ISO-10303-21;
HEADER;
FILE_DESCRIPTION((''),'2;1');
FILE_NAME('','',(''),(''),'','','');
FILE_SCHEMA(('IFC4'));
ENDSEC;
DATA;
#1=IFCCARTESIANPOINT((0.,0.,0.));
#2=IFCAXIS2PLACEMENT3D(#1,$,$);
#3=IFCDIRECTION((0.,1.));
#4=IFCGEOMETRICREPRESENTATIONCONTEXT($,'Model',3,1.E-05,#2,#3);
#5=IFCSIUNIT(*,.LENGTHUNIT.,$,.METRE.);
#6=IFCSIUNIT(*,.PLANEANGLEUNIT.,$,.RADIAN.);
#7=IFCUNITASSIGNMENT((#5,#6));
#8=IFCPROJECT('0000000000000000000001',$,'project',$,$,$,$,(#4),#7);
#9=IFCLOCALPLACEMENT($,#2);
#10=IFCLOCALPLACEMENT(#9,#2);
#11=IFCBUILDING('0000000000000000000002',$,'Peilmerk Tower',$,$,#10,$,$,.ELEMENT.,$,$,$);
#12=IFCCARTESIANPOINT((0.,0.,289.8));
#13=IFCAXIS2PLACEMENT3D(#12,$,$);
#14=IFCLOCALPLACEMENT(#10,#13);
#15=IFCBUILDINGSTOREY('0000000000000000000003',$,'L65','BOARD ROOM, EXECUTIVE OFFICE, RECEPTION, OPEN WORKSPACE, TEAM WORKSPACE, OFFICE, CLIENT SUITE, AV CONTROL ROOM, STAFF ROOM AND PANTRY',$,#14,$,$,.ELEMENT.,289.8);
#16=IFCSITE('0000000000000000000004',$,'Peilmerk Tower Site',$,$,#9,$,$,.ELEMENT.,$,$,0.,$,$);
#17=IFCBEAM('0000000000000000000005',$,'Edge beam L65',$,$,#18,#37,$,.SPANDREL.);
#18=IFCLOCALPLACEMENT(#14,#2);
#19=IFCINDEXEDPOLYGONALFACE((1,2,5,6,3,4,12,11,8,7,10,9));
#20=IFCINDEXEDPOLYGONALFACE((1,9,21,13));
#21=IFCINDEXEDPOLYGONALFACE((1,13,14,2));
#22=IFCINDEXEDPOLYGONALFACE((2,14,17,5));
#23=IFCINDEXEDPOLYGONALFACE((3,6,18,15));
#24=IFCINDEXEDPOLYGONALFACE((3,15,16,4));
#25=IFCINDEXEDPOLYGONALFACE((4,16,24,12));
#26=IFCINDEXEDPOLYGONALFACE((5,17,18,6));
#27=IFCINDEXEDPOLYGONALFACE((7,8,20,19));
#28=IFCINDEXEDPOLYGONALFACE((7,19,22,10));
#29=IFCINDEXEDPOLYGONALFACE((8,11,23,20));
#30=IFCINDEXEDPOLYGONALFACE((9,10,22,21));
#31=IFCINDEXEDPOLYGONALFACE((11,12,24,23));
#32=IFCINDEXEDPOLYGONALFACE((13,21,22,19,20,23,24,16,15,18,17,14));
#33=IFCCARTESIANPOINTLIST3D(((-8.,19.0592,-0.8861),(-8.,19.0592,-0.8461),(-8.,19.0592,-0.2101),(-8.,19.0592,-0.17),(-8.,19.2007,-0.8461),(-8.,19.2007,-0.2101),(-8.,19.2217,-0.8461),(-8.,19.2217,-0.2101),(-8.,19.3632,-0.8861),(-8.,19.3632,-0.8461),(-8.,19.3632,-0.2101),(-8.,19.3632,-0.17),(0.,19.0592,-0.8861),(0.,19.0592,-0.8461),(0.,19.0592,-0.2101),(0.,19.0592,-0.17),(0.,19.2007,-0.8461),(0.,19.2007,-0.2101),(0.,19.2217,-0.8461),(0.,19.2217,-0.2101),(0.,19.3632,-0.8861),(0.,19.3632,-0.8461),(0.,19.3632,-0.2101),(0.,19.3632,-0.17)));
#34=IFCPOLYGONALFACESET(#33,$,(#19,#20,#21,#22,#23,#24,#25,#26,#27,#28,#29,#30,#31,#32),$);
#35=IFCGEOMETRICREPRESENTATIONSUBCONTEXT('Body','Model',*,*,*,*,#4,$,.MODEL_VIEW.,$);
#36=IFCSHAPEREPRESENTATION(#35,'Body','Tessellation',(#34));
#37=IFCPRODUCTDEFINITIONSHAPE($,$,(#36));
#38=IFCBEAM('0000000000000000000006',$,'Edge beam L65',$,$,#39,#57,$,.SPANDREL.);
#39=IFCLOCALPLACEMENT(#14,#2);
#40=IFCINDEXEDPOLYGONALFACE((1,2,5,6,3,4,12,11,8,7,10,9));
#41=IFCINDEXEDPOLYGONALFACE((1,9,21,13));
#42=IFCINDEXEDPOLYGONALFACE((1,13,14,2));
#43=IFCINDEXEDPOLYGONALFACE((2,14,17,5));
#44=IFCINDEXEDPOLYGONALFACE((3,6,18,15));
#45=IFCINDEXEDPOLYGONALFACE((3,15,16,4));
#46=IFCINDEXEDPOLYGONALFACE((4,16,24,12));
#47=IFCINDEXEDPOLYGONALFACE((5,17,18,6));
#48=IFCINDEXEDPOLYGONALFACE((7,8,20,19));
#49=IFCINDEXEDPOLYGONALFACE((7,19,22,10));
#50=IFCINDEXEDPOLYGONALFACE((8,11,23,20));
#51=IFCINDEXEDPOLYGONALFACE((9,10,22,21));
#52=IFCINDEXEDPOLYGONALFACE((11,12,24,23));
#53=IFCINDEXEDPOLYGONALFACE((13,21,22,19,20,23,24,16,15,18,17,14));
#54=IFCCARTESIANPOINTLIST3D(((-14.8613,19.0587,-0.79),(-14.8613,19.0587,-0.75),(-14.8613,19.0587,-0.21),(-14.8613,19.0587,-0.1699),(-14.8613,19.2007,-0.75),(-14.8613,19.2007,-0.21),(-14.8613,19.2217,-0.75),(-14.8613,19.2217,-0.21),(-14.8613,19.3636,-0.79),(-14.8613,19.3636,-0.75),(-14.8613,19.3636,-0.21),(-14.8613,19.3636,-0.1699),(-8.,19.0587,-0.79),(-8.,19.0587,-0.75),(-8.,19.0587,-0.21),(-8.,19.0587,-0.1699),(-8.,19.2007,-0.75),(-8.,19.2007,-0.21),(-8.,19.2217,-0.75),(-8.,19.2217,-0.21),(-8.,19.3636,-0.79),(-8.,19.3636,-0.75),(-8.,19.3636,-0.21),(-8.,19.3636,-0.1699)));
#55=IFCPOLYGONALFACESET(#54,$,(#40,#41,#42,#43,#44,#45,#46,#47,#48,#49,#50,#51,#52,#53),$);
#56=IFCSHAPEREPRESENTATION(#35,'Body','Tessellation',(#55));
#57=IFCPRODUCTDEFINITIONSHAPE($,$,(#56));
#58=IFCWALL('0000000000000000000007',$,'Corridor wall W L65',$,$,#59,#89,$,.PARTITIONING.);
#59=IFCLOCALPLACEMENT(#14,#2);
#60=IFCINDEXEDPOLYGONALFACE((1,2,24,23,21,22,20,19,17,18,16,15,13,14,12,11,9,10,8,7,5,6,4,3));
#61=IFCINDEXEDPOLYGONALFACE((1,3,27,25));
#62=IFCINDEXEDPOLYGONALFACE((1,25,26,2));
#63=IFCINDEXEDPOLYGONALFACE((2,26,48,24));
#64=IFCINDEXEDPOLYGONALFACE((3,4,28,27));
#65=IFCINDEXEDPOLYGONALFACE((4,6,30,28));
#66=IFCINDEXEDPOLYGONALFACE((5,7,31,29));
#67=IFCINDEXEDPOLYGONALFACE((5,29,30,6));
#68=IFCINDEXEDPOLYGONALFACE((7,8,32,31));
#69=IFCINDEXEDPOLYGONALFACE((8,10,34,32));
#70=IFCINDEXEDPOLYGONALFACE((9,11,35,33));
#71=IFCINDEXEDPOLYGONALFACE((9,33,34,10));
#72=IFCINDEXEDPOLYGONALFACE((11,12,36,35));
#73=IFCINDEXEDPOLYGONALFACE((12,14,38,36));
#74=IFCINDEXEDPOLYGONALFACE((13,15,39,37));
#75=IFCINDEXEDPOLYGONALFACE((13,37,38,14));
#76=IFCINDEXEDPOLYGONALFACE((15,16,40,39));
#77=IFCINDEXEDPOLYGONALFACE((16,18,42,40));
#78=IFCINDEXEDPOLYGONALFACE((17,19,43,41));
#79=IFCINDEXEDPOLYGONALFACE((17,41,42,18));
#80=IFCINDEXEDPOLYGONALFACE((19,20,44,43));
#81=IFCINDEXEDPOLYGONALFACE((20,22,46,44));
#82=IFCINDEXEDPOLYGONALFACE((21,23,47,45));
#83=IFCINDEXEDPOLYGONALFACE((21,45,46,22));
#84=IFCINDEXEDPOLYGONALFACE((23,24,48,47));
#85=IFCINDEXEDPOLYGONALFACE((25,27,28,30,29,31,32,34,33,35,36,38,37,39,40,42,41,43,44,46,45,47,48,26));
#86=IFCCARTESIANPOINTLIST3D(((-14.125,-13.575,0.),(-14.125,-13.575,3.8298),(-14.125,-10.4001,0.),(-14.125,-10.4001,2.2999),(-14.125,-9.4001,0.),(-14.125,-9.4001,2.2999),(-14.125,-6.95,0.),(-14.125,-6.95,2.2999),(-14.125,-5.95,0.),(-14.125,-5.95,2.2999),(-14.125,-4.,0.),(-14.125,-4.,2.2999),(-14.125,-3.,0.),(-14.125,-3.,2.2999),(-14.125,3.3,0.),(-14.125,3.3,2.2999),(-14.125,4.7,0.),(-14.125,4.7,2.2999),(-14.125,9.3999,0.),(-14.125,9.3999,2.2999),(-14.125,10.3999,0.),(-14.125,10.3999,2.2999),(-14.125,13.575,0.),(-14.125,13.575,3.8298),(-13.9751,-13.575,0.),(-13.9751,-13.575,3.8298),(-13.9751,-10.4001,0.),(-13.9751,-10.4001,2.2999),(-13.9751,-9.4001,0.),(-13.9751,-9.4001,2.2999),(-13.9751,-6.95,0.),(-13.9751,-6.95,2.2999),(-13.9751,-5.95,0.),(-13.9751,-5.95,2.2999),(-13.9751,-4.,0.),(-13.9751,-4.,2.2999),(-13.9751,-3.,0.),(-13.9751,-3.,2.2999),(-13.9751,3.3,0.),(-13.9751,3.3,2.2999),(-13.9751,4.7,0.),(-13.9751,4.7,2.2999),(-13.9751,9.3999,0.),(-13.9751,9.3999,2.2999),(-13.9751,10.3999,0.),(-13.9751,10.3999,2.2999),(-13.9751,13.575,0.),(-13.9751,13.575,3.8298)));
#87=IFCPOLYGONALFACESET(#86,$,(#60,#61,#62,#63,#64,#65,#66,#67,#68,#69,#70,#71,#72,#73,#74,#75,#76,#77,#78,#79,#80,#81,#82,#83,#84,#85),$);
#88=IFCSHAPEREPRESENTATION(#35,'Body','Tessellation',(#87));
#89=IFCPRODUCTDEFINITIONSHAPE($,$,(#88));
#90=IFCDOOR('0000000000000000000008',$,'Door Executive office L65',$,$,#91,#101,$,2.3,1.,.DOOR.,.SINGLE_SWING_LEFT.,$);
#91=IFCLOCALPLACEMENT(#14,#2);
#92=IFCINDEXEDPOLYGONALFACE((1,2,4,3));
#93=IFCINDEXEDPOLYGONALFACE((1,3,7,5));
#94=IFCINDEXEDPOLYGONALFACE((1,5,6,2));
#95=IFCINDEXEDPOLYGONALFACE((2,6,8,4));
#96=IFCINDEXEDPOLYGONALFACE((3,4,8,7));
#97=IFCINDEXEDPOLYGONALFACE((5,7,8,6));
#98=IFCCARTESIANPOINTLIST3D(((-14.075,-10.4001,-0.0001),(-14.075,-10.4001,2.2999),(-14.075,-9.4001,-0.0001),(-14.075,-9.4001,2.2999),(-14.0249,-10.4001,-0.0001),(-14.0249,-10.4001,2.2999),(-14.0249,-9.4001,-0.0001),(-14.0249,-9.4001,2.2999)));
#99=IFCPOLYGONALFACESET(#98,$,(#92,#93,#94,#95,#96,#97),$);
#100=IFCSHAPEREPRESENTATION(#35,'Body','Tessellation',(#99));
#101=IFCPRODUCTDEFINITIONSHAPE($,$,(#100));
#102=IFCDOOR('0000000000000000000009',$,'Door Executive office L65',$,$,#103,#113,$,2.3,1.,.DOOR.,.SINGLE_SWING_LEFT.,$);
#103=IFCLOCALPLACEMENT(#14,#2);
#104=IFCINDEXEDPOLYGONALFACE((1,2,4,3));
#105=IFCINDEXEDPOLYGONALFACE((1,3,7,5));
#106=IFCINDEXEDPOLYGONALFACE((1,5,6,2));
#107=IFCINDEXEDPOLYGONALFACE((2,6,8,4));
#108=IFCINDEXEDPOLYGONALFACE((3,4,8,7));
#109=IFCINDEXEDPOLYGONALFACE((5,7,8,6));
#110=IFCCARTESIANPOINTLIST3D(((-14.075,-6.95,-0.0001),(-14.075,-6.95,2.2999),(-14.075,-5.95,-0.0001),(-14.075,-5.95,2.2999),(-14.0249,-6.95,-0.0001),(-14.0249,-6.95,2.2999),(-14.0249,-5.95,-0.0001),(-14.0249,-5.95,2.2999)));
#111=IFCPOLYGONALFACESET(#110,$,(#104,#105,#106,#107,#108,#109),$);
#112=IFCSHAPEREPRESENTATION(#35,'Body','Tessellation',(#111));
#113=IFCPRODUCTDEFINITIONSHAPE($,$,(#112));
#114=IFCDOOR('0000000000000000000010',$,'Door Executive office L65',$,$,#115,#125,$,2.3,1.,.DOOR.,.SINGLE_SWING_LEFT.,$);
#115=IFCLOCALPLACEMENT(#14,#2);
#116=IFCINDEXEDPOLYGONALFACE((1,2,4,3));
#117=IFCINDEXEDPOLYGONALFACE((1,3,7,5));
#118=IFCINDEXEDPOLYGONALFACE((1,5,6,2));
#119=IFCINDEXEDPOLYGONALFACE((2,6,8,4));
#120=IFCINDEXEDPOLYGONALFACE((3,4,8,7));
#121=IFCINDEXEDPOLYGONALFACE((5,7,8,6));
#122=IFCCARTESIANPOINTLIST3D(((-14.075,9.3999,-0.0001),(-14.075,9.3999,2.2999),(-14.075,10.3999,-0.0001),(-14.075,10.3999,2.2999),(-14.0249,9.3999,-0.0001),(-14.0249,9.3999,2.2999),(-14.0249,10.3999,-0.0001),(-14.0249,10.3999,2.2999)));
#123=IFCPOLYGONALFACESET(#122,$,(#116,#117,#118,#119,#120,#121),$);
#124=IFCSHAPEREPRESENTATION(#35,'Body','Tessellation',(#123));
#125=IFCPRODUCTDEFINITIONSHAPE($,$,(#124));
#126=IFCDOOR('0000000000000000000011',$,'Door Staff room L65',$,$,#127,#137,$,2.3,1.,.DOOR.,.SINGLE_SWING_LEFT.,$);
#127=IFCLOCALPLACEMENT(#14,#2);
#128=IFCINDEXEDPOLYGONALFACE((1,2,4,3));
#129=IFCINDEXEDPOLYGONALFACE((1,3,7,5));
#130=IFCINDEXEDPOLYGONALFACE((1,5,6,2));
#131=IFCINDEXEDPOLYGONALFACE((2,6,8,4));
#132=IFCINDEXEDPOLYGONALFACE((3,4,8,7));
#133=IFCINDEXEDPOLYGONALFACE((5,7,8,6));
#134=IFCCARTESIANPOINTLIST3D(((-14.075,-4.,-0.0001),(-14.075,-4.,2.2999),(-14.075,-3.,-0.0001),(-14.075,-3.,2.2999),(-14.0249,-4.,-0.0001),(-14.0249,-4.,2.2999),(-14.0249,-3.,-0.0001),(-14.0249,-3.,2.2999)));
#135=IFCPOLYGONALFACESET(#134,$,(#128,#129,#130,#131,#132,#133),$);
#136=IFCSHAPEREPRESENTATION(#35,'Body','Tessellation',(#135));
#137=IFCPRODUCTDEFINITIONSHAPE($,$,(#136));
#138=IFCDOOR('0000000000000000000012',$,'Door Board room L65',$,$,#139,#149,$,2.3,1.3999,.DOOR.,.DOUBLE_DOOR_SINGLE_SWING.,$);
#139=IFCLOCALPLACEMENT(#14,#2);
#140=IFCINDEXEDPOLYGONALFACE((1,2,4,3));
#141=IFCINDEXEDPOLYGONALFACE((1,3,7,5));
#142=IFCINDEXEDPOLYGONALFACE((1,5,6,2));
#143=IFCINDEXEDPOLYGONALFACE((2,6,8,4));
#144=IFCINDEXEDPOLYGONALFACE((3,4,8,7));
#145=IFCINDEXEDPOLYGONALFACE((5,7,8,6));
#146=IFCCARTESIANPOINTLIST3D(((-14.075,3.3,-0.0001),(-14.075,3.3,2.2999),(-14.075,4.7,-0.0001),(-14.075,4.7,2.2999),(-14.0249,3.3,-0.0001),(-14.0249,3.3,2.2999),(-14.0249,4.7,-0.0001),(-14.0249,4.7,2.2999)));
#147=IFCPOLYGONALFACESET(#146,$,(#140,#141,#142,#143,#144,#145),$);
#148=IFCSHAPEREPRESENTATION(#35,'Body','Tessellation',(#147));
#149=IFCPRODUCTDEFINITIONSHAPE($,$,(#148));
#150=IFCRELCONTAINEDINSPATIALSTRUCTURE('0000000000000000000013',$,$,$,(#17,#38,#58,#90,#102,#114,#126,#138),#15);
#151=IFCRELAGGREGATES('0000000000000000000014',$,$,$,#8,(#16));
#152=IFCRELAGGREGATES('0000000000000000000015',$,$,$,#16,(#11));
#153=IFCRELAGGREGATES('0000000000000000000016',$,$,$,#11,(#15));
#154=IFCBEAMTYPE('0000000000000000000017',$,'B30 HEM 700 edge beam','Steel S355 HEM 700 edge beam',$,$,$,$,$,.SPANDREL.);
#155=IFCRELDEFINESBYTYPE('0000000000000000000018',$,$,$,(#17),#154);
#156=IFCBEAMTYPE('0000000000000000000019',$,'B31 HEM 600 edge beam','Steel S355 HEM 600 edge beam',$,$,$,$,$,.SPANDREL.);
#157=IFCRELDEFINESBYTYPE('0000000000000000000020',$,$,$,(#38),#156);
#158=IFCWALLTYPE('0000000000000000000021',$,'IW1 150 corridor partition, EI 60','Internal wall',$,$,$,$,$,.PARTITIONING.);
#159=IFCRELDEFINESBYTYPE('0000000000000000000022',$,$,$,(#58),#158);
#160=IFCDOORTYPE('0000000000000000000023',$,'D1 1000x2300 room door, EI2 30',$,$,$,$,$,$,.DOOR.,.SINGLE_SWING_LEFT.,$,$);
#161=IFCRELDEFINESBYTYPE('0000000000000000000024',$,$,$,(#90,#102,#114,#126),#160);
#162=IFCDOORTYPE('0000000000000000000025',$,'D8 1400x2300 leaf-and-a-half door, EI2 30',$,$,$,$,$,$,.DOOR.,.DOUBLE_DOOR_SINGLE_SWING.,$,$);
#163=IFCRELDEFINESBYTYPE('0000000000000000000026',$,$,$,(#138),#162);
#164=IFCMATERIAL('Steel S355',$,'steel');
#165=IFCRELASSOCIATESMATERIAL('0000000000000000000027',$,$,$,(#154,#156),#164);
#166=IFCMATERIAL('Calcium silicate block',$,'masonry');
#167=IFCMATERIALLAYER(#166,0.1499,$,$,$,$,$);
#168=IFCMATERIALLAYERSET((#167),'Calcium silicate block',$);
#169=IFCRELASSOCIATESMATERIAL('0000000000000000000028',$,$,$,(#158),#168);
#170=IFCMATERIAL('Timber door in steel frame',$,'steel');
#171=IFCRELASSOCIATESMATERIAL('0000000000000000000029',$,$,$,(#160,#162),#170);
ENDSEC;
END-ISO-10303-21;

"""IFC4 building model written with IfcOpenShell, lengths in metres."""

from ifc_helpers import new_model, si_unit, direction, frame, frame_2d, origin, origin_2d, place, context, subcontext, project, spatial, rectangle, i_section, extrude, material, layer, layer_set, material_profile, profile_set, type_object, element, fill, save


model = new_model("IFC4")

# Units and contexts
model_context = context("Model", 3, precision=1e-05, world=origin(), true_north=direction((0.0, 1.0)))
body_context = subcontext(model_context, "Body", "Model", "MODEL_VIEW")
ifc_project = project(units=[si_unit("LENGTHUNIT", "METRE"), si_unit("PLANEANGLEUNIT", "RADIAN")], contexts=[model_context])

# Site, building, storey
site_placement = place(None, origin())
site = spatial("IfcSite", under=ifc_project, at=site_placement, Name="Peilmerk Tower Site", CompositionType="ELEMENT", RefElevation=0.0)
building_placement = place(site_placement, origin())
building = spatial("IfcBuilding", under=site, at=building_placement, Name="Peilmerk Tower", CompositionType="ELEMENT")
storey_placement = place(building_placement, frame((0.0, 0.0, 289.8)))
storey = spatial("IfcBuildingStorey", under=building, at=storey_placement, Name="L65", Description="BOARD ROOM, EXECUTIVE OFFICE, RECEPTION, OPEN WORKSPACE, TEAM WORKSPACE, OFFICE, CLIENT SUITE, AV CONTROL ROOM, STAFF ROOM AND PANTRY", CompositionType="ELEMENT", Elevation=289.8)

# Beams
ifc_material_1 = material(Name="Steel S355", Category="steel")
ifc_material_profile_1 = material_profile(ifc_material_1, i_section(OverallWidth=0.304, OverallDepth=0.7161, WebThickness=0.021, FlangeThickness=0.04, at=origin_2d()), Name="HEM 700")
ifc_profile_set_1 = profile_set([ifc_material_profile_1], Name="Steel S355")
beam_type_1 = type_object("IfcBeamType", Name="B30 HEM 700 edge beam", Description="Steel S355 HEM 700 edge beam", PredefinedType="SPANDREL", material=ifc_profile_set_1)
beam_1_placement = place(storey_placement, frame((0.0, 19.2112, -0.5281), z_axis=(-1.0, 0.0, 0.0), x_axis=(0.0, -1.0, 0.0)))
element("IfcBeam", 1, at=beam_1_placement, inside=storey, type_object=beam_type_1, Name="Edge beam L65", PredefinedType="SPANDREL", context=body_context, shape_type="SweptSolid", body=[
    extrude(i_section(OverallWidth=0.304, OverallDepth=0.7161, WebThickness=0.021, FlangeThickness=0.04, at=origin_2d()), origin(), (0.0, 0.0, 1.0), 8.0),
])
ifc_material_profile_2 = material_profile(ifc_material_1, i_section(OverallWidth=0.3049, OverallDepth=0.6201, WebThickness=0.021, FlangeThickness=0.04, at=origin_2d()), Name="HEM 600")
ifc_profile_set_2 = profile_set([ifc_material_profile_2], Name="Steel S355")
beam_type_2 = type_object("IfcBeamType", Name="B31 HEM 600 edge beam", Description="Steel S355 HEM 600 edge beam", PredefinedType="SPANDREL", material=ifc_profile_set_2)
beam_2_placement = place(storey_placement, frame((-8.0, 19.2112, -0.48), z_axis=(-1.0, 0.0, 0.0), x_axis=(0.0, -1.0, 0.0)))
element("IfcBeam", 2, at=beam_2_placement, inside=storey, type_object=beam_type_2, Name="Edge beam L65", PredefinedType="SPANDREL", context=body_context, shape_type="SweptSolid", body=[
    extrude(i_section(OverallWidth=0.3049, OverallDepth=0.6201, WebThickness=0.021, FlangeThickness=0.04, at=origin_2d()), origin(), (0.0, 0.0, 1.0), 6.8613),
])

# Wall, openings, doors
ifc_material_2 = material(Name="Calcium silicate block", Category="masonry")
ifc_layer_1 = layer(ifc_material_2, 0.1499)
ifc_layer_set_1 = layer_set([ifc_layer_1], Name="Calcium silicate block")
wall_type_1 = type_object("IfcWallType", Name="IW1 150 corridor partition, EI 60", Description="Internal wall", PredefinedType="PARTITIONING", material=ifc_layer_set_1)
wall_1_placement = place(storey_placement, frame((-14.05, 13.575, 0.0), z_axis=(0.0, 0.0, 1.0), x_axis=(0.0, -1.0, 0.0)))
wall_1 = element("IfcWall", 3, at=wall_1_placement, inside=storey, type_object=wall_type_1, Name="Corridor wall W L65", PredefinedType="PARTITIONING", context=body_context, shape_type="SweptSolid", body=[
    extrude(rectangle(XDim=27.1499, YDim=0.1499, at=frame_2d((13.575, 0.0))), origin(), (0.0, 0.0, 1.0), 3.8298),
])
opening_1_placement = place(wall_1_placement, frame((22.9751, 0.0, 0.0)))
opening_1 = element("IfcOpeningElement", 4, at=opening_1_placement, cuts=wall_1, PredefinedType="OPENING", context=body_context, shape_type="SweptSolid", body=[
    extrude(rectangle(XDim=1.0, YDim=2.3, at=frame_2d((0.5, 1.1499))), frame((0.0, 0.085, 0.0), z_axis=(0.0, -1.0, 0.0), x_axis=(1.0, 0.0, 0.0)), (0.0, 0.0, 1.0), 0.1699),
])
opening_2_placement = place(wall_1_placement, frame((19.5249, 0.0, 0.0)))
opening_2 = element("IfcOpeningElement", 5, at=opening_2_placement, cuts=wall_1, PredefinedType="OPENING", context=body_context, shape_type="SweptSolid", body=[
    extrude(rectangle(XDim=1.0, YDim=2.3, at=frame_2d((0.5, 1.1499))), frame((0.0, 0.085, 0.0), z_axis=(0.0, -1.0, 0.0), x_axis=(1.0, 0.0, 0.0)), (0.0, 0.0, 1.0), 0.1699),
])
opening_3_placement = place(wall_1_placement, frame((8.875, 0.0, 0.0)))
opening_3 = element("IfcOpeningElement", 6, at=opening_3_placement, cuts=wall_1, PredefinedType="OPENING", context=body_context, shape_type="SweptSolid", body=[
    extrude(rectangle(XDim=1.3999, YDim=2.3, at=frame_2d((0.7, 1.1499))), frame((0.0, 0.085, 0.0), z_axis=(0.0, -1.0, 0.0), x_axis=(1.0, 0.0, 0.0)), (0.0, 0.0, 1.0), 0.1699),
])
opening_4_placement = place(wall_1_placement, frame((3.175, 0.0, 0.0)))
opening_4 = element("IfcOpeningElement", 7, at=opening_4_placement, cuts=wall_1, PredefinedType="OPENING", context=body_context, shape_type="SweptSolid", body=[
    extrude(rectangle(XDim=1.0, YDim=2.3, at=frame_2d((0.5, 1.1499))), frame((0.0, 0.085, 0.0), z_axis=(0.0, -1.0, 0.0), x_axis=(1.0, 0.0, 0.0)), (0.0, 0.0, 1.0), 0.1699),
])
opening_5_placement = place(wall_1_placement, frame((16.575, 0.0, 0.0)))
opening_5 = element("IfcOpeningElement", 8, at=opening_5_placement, cuts=wall_1, PredefinedType="OPENING", context=body_context, shape_type="SweptSolid", body=[
    extrude(rectangle(XDim=1.0, YDim=2.3, at=frame_2d((0.5, 1.1499))), frame((0.0, 0.085, 0.0), z_axis=(0.0, -1.0, 0.0), x_axis=(1.0, 0.0, 0.0)), (0.0, 0.0, 1.0), 0.1699),
])
ifc_material_3 = material(Name="Timber door in steel frame", Category="steel")
door_type_1 = type_object("IfcDoorType", Name="D1 1000x2300 room door, EI2 30", OperationType="SINGLE_SWING_LEFT", PredefinedType="DOOR", material=ifc_material_3)
door_1_placement = place(opening_1_placement, frame((1.0, 0.0, 0.0), z_axis=(0.0, 0.0, 1.0), x_axis=(-1.0, 0.0, 0.0)))
door_1 = element("IfcDoor", 9, at=door_1_placement, inside=storey, type_object=door_type_1, Name="Door Executive office L65", OperationType="SINGLE_SWING_LEFT", OverallHeight=2.3, OverallWidth=1.0, PredefinedType="DOOR", context=body_context, shape_type="SweptSolid", body=[
    extrude(rectangle(XDim=1.0, YDim=2.3, at=frame_2d((0.5, 1.1499))), frame((0.0, 0.0249, 0.0), z_axis=(0.0, -1.0, 0.0), x_axis=(1.0, 0.0, 0.0)), (0.0, 0.0, 1.0), 0.05),
])
fill(opening_1, door_1)
door_2_placement = place(opening_2_placement, frame((1.0, 0.0, 0.0), z_axis=(0.0, 0.0, 1.0), x_axis=(-1.0, 0.0, 0.0)))
door_2 = element("IfcDoor", 10, at=door_2_placement, inside=storey, type_object=door_type_1, Name="Door Executive office L65", OperationType="SINGLE_SWING_LEFT", OverallHeight=2.3, OverallWidth=1.0, PredefinedType="DOOR", context=body_context, shape_type="SweptSolid", body=[
    extrude(rectangle(XDim=1.0, YDim=2.3, at=frame_2d((0.5, 1.1499))), frame((0.0, 0.0249, 0.0), z_axis=(0.0, -1.0, 0.0), x_axis=(1.0, 0.0, 0.0)), (0.0, 0.0, 1.0), 0.05),
])
fill(opening_2, door_2)
door_3_placement = place(opening_4_placement, frame((1.0, 0.0, 0.0), z_axis=(0.0, 0.0, 1.0), x_axis=(-1.0, 0.0, 0.0)))
door_3 = element("IfcDoor", 11, at=door_3_placement, inside=storey, type_object=door_type_1, Name="Door Executive office L65", OperationType="SINGLE_SWING_LEFT", OverallHeight=2.3, OverallWidth=1.0, PredefinedType="DOOR", context=body_context, shape_type="SweptSolid", body=[
    extrude(rectangle(XDim=1.0, YDim=2.3, at=frame_2d((0.5, 1.1499))), frame((0.0, 0.0249, 0.0), z_axis=(0.0, -1.0, 0.0), x_axis=(1.0, 0.0, 0.0)), (0.0, 0.0, 1.0), 0.05),
])
fill(opening_4, door_3)
door_4_placement = place(opening_5_placement, frame((1.0, 0.0, 0.0), z_axis=(0.0, 0.0, 1.0), x_axis=(-1.0, 0.0, 0.0)))
door_4 = element("IfcDoor", 12, at=door_4_placement, inside=storey, type_object=door_type_1, Name="Door Staff room L65", OperationType="SINGLE_SWING_LEFT", OverallHeight=2.3, OverallWidth=1.0, PredefinedType="DOOR", context=body_context, shape_type="SweptSolid", body=[
    extrude(rectangle(XDim=1.0, YDim=2.3, at=frame_2d((0.5, 1.1499))), frame((0.0, 0.0249, 0.0), z_axis=(0.0, -1.0, 0.0), x_axis=(1.0, 0.0, 0.0)), (0.0, 0.0, 1.0), 0.05),
])
fill(opening_5, door_4)
door_type_2 = type_object("IfcDoorType", Name="D8 1400x2300 leaf-and-a-half door, EI2 30", OperationType="DOUBLE_DOOR_SINGLE_SWING", PredefinedType="DOOR", material=ifc_material_3)
door_5_placement = place(opening_3_placement, frame((1.3999, 0.0, 0.0), z_axis=(0.0, 0.0, 1.0), x_axis=(-1.0, 0.0, 0.0)))
door_5 = element("IfcDoor", 13, at=door_5_placement, inside=storey, type_object=door_type_2, Name="Door Board room L65", OperationType="DOUBLE_DOOR_SINGLE_SWING", OverallHeight=2.3, OverallWidth=1.3999, PredefinedType="DOOR", context=body_context, shape_type="SweptSolid", body=[
    extrude(rectangle(XDim=1.3999, YDim=2.3, at=frame_2d((0.7, 1.1499))), frame((0.0, 0.0249, 0.0), z_axis=(0.0, -1.0, 0.0), x_axis=(1.0, 0.0, 0.0)), (0.0, 0.0, 1.0), 0.05),
])
fill(opening_3, door_5)

save(model, "model.ifc")
